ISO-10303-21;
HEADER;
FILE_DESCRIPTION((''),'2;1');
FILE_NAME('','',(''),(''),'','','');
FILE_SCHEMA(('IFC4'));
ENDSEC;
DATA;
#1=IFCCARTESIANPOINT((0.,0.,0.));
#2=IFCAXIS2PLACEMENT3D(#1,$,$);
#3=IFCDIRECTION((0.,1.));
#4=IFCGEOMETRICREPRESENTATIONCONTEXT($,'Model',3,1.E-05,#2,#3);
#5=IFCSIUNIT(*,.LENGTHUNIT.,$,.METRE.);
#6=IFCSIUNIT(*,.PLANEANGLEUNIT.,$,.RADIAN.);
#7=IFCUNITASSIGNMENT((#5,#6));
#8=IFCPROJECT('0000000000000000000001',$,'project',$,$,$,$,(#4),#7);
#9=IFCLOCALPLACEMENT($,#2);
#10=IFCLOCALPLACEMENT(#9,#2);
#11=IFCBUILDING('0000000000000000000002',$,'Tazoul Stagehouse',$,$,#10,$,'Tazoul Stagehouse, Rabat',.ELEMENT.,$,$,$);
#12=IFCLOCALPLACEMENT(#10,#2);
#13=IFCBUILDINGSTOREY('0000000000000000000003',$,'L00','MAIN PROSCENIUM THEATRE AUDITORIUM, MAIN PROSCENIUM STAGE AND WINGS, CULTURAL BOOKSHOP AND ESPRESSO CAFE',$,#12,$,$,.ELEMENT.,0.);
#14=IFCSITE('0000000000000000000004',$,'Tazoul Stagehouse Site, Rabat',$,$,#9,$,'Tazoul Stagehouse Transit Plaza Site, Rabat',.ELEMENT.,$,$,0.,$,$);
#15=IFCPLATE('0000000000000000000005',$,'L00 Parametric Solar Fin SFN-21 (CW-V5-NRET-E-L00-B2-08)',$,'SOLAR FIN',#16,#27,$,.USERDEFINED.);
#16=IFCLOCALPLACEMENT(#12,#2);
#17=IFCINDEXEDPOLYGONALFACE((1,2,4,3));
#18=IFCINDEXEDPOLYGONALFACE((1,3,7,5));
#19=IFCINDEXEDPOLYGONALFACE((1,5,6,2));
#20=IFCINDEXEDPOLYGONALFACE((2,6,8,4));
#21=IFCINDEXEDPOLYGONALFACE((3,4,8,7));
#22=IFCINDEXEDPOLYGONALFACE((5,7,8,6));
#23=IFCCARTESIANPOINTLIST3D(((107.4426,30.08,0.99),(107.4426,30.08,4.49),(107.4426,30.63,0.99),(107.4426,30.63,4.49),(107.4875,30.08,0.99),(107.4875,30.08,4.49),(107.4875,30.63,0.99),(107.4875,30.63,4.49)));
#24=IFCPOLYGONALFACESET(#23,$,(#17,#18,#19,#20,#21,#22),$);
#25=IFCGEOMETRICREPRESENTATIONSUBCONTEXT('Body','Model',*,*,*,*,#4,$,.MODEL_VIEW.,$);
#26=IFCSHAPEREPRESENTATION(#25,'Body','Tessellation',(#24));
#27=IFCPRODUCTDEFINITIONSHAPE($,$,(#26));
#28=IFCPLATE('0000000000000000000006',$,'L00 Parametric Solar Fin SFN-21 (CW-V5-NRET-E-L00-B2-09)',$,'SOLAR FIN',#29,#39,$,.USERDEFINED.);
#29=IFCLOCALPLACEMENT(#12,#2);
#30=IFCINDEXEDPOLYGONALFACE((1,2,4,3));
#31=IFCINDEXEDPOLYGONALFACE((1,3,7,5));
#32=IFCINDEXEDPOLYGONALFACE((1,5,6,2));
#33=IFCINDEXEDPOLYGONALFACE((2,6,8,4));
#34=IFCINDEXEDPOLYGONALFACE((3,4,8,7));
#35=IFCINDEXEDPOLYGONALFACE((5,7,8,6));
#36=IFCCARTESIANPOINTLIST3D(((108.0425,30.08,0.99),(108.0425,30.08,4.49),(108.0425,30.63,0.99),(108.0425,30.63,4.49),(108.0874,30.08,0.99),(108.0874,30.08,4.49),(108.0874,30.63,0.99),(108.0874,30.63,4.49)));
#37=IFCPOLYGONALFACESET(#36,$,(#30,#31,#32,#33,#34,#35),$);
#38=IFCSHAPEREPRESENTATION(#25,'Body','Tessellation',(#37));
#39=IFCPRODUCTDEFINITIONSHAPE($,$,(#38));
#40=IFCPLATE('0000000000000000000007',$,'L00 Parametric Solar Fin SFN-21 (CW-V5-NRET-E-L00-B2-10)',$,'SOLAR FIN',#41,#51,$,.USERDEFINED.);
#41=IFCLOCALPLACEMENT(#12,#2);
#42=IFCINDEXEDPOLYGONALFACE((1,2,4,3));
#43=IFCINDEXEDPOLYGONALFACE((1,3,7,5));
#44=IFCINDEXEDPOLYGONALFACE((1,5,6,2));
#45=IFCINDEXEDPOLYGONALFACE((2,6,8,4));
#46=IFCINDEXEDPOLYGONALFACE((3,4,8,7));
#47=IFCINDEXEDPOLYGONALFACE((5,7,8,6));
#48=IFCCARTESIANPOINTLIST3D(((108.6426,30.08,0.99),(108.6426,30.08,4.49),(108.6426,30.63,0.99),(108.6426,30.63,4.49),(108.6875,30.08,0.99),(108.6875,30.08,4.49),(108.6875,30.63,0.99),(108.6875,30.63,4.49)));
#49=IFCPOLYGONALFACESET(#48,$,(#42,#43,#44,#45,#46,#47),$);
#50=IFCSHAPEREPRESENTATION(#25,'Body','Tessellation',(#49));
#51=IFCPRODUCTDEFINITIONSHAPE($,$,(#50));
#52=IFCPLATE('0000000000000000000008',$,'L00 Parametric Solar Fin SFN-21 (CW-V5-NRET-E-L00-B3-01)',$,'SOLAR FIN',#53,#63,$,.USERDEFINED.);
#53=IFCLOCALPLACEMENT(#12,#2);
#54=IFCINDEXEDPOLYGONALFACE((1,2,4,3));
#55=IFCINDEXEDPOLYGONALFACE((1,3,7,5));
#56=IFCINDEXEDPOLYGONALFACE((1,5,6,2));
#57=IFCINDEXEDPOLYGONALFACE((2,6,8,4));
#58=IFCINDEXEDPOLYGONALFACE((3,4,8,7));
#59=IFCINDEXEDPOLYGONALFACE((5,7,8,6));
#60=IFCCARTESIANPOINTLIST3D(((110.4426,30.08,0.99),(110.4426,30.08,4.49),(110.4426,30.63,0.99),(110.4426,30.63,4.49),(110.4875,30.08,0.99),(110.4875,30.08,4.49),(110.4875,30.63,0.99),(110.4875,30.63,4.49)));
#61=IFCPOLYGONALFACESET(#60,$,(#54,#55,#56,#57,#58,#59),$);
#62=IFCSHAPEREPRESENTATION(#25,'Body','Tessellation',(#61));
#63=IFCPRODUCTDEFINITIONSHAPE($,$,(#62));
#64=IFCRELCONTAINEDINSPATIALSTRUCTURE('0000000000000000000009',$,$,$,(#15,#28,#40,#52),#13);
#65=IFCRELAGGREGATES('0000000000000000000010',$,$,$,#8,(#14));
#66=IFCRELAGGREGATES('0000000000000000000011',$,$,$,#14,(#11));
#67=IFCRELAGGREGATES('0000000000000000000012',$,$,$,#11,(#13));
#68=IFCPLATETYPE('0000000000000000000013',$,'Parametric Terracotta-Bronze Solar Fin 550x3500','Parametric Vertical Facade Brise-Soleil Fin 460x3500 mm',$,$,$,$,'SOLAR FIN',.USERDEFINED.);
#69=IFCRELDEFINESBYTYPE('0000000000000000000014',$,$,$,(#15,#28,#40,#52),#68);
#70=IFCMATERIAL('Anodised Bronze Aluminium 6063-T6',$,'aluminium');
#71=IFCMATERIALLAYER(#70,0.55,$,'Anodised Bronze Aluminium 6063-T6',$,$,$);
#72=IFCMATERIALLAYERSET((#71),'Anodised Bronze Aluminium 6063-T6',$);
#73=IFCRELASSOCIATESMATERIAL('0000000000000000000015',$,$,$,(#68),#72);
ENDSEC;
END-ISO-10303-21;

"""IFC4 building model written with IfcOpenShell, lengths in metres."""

from ifc_helpers import new_model, si_unit, direction, frame, origin, origin_2d, place, context, subcontext, project, spatial, rectangle, extrude, material, layer, layer_set, type_object, element, save


model = new_model("IFC4")

# Units and contexts
model_context = context("Model", 3, precision=1e-05, world=origin(), true_north=direction((0.0, 1.0)))
body_context = subcontext(model_context, "Body", "Model", "MODEL_VIEW")
ifc_project = project(units=[si_unit("LENGTHUNIT", "METRE"), si_unit("PLANEANGLEUNIT", "RADIAN")], contexts=[model_context])

# Site, building, storey
site_placement = place(None, origin())
site = spatial("IfcSite", under=ifc_project, at=site_placement, Name="Tazoul Stagehouse Site, Rabat", LongName="Tazoul Stagehouse Transit Plaza Site, Rabat", CompositionType="ELEMENT", RefElevation=0.0)
building_placement = place(site_placement, origin())
building = spatial("IfcBuilding", under=site, at=building_placement, Name="Tazoul Stagehouse", LongName="Tazoul Stagehouse, Rabat", CompositionType="ELEMENT")
storey_placement = place(building_placement, origin())
storey = spatial("IfcBuildingStorey", under=building, at=storey_placement, Name="L00", Description="MAIN PROSCENIUM THEATRE AUDITORIUM, MAIN PROSCENIUM STAGE AND WINGS, CULTURAL BOOKSHOP AND ESPRESSO CAFE", CompositionType="ELEMENT", Elevation=0.0)

# Plates
ifc_material = material(Name="Anodised Bronze Aluminium 6063-T6", Category="aluminium")
ifc_layer = layer(ifc_material, 0.55, Name="Anodised Bronze Aluminium 6063-T6")
ifc_layer_set = layer_set([ifc_layer], Name="Anodised Bronze Aluminium 6063-T6")
plate_type = type_object("IfcPlateType", Name="Parametric Terracotta-Bronze Solar Fin 550x3500", Description="Parametric Vertical Facade Brise-Soleil Fin 460x3500 mm", ElementType="SOLAR FIN", PredefinedType="USERDEFINED", material=ifc_layer_set)
for number, where, z_axis, x_axis, name in (
    (1, (107.4651, 30.355, 0.99), (0.0, 0.0, 1.0), (1.0, 0.0, 0.0), "L00 Parametric Solar Fin SFN-21 (CW-V5-NRET-E-L00-B2-08)"),
    (2, (108.0649, 30.355, 0.99), (0.0, 0.0, 1.0), (1.0, 0.0, 0.0), "L00 Parametric Solar Fin SFN-21 (CW-V5-NRET-E-L00-B2-09)"),
    (3, (108.665, 30.355, 0.99), (0.0, 0.0, 1.0), (1.0, 0.0, 0.0), "L00 Parametric Solar Fin SFN-21 (CW-V5-NRET-E-L00-B2-10)"),
    (4, (110.4651, 30.355, 0.99), (0.0, 0.0, 1.0), (1.0, 0.0, 0.0), "L00 Parametric Solar Fin SFN-21 (CW-V5-NRET-E-L00-B3-01)"),
):
    element("IfcPlate", number, at=place(storey_placement, frame(where, z_axis=z_axis, x_axis=x_axis)), inside=storey, type_object=plate_type, Name=name, ObjectType="SOLAR FIN", PredefinedType="USERDEFINED", context=body_context, shape_type="SweptSolid", body=[
        extrude(rectangle(XDim=0.0449, YDim=0.55, at=origin_2d()), origin(), (0.0, 0.0, 1.0), 3.5),
    ])

save(model, "model.ifc")
